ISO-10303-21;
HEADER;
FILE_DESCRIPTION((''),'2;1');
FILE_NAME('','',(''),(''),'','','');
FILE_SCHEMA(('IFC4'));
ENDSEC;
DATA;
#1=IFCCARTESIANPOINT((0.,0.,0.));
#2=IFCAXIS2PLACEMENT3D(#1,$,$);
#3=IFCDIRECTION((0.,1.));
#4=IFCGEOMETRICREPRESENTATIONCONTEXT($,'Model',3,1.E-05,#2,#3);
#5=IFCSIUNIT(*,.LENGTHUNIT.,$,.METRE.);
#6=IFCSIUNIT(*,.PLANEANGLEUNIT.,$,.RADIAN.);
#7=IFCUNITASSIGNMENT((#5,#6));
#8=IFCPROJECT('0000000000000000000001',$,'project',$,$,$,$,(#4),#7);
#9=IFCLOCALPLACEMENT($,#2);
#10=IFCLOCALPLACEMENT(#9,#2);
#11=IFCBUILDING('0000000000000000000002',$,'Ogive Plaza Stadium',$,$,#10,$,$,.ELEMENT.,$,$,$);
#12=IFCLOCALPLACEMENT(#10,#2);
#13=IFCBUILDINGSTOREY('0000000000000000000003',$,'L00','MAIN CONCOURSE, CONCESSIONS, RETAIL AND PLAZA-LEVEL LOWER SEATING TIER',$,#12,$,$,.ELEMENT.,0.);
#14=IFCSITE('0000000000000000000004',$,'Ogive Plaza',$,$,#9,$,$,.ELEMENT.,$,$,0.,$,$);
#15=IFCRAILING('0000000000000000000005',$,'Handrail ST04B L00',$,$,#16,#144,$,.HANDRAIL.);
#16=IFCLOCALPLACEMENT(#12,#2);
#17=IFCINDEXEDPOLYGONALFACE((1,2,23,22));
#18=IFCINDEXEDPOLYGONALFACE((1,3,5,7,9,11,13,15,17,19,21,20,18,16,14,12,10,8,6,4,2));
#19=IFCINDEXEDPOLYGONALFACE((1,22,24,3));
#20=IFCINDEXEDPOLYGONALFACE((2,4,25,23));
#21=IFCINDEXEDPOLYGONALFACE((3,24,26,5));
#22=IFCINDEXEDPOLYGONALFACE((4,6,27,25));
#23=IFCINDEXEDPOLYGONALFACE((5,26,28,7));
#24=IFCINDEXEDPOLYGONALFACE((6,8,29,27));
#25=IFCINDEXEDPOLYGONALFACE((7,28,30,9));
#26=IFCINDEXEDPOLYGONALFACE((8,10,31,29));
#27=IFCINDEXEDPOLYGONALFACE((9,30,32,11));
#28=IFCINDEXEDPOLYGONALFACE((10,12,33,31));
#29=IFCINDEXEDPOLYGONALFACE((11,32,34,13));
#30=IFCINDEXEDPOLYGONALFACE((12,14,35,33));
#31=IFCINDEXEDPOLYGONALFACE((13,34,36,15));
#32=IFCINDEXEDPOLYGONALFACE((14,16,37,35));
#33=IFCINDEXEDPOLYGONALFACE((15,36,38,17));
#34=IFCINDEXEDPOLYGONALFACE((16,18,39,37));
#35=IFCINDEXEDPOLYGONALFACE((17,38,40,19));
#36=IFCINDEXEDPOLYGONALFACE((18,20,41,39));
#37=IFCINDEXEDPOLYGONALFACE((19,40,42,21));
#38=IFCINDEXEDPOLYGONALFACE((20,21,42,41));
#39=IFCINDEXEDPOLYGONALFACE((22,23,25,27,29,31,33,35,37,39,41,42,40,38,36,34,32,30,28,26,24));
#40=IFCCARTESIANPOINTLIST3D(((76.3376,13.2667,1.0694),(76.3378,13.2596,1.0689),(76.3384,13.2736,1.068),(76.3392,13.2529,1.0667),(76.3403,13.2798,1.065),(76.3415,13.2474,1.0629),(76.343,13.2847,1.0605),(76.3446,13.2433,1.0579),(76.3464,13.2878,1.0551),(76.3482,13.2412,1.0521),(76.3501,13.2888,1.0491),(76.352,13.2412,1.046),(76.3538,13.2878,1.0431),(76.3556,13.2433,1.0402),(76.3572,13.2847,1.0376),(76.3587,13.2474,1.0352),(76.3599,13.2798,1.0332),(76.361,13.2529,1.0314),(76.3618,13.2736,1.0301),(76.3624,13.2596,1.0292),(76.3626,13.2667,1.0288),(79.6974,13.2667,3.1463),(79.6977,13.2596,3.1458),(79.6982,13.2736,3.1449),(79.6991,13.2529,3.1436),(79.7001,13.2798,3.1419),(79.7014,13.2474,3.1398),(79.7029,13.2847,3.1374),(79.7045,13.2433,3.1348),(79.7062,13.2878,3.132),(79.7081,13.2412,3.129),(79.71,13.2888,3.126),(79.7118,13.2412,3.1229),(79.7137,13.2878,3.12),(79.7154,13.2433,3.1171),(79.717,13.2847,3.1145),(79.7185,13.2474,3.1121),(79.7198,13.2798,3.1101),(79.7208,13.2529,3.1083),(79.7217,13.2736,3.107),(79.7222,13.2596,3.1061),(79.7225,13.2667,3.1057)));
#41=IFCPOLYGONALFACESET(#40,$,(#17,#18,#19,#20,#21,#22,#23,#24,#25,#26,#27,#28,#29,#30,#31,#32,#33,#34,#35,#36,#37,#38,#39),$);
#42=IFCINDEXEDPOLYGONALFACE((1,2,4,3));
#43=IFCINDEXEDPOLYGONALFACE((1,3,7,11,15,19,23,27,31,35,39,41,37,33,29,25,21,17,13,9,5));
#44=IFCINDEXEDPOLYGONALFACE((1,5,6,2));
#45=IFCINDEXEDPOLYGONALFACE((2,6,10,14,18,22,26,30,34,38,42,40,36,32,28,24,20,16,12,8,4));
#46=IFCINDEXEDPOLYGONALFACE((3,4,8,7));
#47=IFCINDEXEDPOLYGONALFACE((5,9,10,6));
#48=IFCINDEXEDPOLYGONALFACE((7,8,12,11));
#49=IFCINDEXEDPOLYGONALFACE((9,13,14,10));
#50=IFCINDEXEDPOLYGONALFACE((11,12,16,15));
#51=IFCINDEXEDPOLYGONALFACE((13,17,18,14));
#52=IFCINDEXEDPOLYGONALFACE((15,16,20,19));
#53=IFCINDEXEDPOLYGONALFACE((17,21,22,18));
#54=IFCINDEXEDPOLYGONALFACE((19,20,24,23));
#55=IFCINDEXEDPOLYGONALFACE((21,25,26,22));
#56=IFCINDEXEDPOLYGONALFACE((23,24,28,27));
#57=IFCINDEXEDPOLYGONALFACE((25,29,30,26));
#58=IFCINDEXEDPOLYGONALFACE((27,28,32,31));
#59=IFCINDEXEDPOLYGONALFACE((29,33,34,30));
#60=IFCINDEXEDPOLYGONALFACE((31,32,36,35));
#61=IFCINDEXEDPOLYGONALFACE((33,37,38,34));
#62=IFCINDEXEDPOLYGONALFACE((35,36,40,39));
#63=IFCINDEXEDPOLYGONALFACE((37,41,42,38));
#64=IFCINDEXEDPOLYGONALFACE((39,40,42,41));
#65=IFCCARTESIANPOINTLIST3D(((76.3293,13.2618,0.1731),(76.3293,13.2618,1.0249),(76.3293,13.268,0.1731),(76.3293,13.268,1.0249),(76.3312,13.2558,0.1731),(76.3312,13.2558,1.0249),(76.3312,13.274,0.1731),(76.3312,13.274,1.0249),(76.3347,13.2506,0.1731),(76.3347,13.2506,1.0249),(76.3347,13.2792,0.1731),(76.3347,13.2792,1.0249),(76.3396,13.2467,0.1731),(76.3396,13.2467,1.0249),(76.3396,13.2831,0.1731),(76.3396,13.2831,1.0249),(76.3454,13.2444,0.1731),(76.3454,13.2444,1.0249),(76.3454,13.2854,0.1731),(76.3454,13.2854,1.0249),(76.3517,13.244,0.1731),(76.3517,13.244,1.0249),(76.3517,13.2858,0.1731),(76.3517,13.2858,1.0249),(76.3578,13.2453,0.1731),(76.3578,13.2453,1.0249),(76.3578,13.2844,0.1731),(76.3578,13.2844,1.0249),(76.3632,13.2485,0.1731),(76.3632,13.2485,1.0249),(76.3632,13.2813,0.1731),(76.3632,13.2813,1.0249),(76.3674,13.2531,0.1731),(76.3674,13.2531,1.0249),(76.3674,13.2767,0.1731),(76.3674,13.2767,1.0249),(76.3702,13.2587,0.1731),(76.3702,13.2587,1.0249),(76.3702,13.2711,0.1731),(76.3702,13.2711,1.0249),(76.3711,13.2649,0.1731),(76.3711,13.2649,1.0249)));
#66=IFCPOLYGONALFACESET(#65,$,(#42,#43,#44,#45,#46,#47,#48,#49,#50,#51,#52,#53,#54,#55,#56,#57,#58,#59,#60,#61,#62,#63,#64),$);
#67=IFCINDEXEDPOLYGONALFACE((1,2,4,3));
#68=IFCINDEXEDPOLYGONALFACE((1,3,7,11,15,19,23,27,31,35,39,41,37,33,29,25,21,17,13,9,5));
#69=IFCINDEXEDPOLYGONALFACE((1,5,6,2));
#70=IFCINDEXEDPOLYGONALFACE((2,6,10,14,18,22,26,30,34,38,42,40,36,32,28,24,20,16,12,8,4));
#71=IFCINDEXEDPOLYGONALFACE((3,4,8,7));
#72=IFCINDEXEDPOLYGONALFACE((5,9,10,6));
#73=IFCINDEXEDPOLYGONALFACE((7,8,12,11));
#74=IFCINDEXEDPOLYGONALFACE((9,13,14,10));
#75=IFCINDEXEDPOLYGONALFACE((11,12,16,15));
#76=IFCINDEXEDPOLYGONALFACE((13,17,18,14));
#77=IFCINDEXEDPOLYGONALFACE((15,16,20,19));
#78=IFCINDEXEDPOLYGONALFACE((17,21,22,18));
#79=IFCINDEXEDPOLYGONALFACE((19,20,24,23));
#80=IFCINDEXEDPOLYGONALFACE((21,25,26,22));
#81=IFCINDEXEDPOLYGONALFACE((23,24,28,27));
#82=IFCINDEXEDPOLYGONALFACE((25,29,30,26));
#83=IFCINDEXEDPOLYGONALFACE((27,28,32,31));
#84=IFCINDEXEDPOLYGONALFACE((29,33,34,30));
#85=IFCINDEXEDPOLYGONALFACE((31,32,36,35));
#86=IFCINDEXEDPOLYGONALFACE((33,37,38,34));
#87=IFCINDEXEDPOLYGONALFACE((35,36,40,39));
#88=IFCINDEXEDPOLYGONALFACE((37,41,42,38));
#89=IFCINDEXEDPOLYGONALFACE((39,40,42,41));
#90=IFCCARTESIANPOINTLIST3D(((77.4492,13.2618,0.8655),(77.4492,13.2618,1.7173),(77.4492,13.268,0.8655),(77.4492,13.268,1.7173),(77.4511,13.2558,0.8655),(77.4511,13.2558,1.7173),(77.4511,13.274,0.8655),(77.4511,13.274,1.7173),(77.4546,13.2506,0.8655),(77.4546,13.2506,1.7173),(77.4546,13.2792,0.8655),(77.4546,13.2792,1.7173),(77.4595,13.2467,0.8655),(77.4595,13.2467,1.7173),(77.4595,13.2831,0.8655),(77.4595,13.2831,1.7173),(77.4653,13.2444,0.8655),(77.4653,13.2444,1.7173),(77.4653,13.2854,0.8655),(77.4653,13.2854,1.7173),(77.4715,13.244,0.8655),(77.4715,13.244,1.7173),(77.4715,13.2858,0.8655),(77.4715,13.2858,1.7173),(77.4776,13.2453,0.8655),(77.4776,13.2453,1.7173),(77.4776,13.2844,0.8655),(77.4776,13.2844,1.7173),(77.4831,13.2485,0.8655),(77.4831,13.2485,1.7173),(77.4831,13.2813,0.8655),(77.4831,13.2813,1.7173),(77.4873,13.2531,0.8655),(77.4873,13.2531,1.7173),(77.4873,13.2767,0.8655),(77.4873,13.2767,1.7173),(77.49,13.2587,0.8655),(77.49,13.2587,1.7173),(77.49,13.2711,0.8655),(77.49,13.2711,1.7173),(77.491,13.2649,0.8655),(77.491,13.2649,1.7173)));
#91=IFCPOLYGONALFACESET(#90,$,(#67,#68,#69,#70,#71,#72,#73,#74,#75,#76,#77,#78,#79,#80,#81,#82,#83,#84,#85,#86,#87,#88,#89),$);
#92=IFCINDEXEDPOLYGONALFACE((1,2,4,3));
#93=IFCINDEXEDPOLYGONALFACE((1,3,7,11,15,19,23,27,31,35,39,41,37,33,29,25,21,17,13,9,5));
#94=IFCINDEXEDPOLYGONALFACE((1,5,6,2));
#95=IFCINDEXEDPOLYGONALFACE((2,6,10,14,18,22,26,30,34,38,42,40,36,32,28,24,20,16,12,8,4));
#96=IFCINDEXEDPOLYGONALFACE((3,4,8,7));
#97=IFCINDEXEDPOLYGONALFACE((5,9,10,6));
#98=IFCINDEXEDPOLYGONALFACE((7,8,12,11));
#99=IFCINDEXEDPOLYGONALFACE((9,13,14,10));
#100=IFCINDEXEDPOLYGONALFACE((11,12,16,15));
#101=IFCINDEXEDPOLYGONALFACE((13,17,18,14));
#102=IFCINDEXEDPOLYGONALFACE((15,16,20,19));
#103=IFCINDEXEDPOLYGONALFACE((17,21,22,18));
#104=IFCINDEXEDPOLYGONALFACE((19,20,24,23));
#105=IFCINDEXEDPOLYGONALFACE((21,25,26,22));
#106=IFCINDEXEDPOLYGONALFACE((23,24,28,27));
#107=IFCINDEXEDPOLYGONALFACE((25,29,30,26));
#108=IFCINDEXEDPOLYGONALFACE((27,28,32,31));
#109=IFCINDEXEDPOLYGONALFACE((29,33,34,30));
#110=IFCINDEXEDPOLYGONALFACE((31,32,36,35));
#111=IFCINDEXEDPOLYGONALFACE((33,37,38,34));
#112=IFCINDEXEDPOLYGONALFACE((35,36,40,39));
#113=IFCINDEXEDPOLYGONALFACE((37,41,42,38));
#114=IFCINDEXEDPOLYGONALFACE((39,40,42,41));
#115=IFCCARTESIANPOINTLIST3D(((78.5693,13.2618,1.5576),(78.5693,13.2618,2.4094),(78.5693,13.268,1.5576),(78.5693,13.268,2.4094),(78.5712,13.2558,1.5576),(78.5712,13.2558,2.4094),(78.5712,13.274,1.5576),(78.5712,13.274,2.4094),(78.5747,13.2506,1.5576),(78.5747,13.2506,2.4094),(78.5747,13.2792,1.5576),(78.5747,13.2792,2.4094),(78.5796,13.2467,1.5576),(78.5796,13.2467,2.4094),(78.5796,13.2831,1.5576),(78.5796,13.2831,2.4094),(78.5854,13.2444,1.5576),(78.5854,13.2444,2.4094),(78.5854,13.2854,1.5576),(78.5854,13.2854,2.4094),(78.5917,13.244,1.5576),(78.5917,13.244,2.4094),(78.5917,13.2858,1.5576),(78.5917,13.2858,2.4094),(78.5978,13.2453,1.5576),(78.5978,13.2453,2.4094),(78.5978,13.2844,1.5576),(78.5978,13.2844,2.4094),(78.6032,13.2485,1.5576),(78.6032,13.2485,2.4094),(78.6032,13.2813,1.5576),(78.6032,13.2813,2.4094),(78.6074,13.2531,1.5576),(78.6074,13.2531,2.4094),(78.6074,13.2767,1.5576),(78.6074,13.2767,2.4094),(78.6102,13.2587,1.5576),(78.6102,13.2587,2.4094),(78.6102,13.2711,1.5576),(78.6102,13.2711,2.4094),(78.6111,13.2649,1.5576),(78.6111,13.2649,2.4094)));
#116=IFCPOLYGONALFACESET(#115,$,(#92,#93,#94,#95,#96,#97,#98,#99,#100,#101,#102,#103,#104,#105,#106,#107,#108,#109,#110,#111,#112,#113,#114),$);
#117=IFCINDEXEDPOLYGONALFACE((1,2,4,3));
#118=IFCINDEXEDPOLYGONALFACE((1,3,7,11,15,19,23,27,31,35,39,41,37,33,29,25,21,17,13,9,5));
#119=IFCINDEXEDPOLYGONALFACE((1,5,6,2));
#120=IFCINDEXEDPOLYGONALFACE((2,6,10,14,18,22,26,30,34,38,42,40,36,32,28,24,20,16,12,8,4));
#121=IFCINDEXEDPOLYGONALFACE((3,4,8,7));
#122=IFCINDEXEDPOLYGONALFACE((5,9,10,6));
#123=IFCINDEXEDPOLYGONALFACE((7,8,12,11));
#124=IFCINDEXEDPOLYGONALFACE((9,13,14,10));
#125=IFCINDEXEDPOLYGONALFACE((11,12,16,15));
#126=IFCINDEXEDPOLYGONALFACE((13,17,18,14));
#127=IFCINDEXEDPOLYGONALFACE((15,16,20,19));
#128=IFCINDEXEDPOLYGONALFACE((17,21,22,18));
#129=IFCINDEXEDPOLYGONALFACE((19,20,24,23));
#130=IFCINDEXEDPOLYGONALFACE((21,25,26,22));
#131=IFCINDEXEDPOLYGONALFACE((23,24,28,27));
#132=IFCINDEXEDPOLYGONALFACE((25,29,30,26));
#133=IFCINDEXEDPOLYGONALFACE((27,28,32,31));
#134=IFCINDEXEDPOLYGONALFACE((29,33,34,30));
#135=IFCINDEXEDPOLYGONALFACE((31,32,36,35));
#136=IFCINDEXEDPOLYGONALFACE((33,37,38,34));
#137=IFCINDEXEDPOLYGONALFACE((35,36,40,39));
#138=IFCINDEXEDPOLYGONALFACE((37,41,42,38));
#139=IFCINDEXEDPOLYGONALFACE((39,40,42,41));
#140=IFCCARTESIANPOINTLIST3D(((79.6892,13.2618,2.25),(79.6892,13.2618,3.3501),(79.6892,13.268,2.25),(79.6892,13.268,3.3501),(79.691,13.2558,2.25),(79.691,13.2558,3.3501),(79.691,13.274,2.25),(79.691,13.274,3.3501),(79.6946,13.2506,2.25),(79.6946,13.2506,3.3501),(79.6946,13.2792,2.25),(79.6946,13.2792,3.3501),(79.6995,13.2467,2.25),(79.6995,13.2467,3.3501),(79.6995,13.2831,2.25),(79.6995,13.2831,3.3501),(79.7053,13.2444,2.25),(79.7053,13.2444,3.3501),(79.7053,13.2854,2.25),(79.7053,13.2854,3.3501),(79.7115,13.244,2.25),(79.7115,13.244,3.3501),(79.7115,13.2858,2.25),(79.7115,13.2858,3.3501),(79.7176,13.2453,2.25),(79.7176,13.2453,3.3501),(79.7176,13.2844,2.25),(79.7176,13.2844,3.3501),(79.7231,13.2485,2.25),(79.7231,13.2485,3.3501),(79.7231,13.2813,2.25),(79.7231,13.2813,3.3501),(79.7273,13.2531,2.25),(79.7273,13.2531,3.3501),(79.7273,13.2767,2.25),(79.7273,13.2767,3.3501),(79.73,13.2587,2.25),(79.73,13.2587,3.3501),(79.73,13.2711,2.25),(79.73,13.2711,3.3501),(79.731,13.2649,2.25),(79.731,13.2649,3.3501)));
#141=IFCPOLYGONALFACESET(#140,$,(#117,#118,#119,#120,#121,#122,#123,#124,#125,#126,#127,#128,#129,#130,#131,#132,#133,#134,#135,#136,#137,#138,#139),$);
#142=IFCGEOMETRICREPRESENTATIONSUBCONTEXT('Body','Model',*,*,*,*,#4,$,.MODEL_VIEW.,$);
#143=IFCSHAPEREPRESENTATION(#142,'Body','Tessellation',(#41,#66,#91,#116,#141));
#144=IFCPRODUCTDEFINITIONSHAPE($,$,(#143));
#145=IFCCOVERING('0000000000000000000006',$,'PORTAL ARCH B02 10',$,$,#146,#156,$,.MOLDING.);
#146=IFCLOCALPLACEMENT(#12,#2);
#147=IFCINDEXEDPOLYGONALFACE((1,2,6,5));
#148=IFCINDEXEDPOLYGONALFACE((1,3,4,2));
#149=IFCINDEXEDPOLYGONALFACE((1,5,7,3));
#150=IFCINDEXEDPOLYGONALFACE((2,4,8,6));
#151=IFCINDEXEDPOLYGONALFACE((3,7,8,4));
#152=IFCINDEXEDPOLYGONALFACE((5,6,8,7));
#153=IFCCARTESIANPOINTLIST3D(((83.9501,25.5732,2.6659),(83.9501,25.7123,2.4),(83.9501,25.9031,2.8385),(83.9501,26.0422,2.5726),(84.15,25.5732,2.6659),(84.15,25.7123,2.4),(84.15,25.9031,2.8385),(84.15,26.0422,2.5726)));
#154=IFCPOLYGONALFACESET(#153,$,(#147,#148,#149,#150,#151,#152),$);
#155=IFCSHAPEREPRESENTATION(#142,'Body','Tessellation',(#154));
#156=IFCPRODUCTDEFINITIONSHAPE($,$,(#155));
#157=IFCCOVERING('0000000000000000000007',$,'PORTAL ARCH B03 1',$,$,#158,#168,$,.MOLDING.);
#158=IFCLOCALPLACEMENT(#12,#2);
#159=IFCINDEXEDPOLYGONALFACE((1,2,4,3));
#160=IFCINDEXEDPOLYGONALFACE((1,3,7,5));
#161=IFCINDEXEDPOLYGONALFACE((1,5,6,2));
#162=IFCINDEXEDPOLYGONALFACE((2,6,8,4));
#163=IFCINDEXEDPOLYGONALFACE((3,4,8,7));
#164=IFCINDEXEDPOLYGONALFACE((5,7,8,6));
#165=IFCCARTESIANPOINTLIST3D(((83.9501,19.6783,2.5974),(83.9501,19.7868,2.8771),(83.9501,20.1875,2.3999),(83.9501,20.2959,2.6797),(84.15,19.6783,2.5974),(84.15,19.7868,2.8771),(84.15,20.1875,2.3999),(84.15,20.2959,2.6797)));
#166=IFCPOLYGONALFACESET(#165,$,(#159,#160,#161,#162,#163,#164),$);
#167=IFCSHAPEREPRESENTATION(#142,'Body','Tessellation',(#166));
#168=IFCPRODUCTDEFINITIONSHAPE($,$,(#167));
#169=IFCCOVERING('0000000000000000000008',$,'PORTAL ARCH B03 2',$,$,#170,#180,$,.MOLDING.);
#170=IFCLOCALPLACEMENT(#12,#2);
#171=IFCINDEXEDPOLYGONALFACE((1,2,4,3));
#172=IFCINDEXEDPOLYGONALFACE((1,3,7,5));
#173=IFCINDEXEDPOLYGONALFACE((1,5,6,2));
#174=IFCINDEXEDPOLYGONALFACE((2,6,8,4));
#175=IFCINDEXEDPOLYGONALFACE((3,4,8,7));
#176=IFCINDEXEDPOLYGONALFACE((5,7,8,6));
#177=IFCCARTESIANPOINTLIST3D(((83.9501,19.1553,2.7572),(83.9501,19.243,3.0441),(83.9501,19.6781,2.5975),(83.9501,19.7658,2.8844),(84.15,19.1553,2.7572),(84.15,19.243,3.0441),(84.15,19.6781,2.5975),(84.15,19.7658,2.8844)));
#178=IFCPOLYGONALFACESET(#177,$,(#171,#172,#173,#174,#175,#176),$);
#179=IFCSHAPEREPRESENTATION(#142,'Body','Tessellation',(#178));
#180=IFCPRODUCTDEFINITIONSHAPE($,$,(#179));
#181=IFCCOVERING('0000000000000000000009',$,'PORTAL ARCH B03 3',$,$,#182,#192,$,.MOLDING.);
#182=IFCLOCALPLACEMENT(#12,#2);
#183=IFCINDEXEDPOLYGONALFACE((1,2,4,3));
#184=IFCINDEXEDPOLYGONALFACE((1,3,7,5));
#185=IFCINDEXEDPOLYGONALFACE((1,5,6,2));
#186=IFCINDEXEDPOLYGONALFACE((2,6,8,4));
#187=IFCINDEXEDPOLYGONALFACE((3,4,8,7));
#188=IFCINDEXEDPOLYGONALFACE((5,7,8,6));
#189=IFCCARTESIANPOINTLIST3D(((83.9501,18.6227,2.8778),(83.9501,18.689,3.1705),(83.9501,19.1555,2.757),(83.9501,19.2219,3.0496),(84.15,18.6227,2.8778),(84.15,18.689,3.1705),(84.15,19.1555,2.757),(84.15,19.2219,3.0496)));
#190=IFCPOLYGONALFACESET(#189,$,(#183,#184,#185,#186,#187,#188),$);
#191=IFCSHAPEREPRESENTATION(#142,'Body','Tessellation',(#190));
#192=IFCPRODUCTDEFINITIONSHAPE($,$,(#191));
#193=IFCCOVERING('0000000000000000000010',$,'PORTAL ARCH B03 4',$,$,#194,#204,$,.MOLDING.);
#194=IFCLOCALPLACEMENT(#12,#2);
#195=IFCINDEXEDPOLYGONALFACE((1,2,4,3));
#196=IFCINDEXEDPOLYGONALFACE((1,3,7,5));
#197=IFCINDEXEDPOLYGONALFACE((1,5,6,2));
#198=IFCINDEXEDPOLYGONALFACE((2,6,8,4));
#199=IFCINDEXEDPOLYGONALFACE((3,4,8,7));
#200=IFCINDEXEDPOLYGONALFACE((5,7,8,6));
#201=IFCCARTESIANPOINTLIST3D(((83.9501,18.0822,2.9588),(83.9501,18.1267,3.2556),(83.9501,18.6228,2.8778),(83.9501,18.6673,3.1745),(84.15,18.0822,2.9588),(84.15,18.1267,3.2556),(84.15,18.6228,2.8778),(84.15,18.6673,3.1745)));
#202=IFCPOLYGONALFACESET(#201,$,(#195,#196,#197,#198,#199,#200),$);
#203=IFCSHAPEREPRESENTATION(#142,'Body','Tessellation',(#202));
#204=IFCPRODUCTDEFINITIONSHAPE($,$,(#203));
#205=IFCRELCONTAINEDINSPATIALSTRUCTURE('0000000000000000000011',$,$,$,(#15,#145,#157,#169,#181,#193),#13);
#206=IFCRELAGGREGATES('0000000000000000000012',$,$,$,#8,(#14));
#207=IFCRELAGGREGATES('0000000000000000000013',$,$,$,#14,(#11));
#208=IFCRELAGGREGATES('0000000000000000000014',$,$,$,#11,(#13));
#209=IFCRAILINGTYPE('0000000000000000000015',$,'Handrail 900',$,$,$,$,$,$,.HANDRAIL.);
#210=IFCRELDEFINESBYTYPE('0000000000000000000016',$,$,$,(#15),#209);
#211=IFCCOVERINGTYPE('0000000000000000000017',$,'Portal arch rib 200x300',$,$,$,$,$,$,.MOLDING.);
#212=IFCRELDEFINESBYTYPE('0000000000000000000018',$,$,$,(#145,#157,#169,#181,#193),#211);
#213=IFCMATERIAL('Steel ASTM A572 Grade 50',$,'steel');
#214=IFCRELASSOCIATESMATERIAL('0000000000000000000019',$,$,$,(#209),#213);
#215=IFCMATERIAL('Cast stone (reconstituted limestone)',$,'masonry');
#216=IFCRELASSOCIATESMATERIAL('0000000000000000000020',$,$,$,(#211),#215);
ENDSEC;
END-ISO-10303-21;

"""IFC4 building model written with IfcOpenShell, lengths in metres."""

from ifc_helpers import new_model, si_unit, direction, frame, origin, origin_2d, place, context, subcontext, project, spatial, rectangle, circle, extrude, material, material_profile, profile_set, type_object, element, save


model = new_model("IFC4")

# Units and contexts
model_context = context("Model", 3, precision=1e-05, world=origin(), true_north=direction((0.0, 1.0)))
body_context = subcontext(model_context, "Body", "Model", "MODEL_VIEW")
ifc_project = project(units=[si_unit("LENGTHUNIT", "METRE"), si_unit("PLANEANGLEUNIT", "RADIAN")], contexts=[model_context])

# Site, building, storey
site_placement = place(None, origin())
site = spatial("IfcSite", under=ifc_project, at=site_placement, Name="Ogive Plaza", CompositionType="ELEMENT", RefElevation=0.0)
building_placement = place(site_placement, origin())
building = spatial("IfcBuilding", under=site, at=building_placement, Name="Ogive Plaza Stadium", CompositionType="ELEMENT")
storey_placement = place(building_placement, origin())
storey = spatial("IfcBuildingStorey", under=building, at=storey_placement, Name="L00", Description="MAIN CONCOURSE, CONCESSIONS, RETAIL AND PLAZA-LEVEL LOWER SEATING TIER", CompositionType="ELEMENT", Elevation=0.0)

# Railing
ifc_material_1 = material(Name="Steel ASTM A572 Grade 50", Category="steel")
railing_type = type_object("IfcRailingType", Name="Handrail 900", PredefinedType="HANDRAIL", material=ifc_material_1)
for number, where, name in (
    (1, (76.3501, 13.2649, 0.1731), "Handrail ST04B L00"),
):
    element("IfcRailing", number, at=place(storey_placement, frame(where)), inside=storey, type_object=railing_type, Name=name, PredefinedType="HANDRAIL", context=body_context, shape_type="SweptSolid", body=[
        extrude(circle(Radius=0.0239, at=origin_2d()), frame((0.0, 0.0, 0.876), z_axis=(0.850606, 0.0, 0.525803), x_axis=(0.0, 1.0, 0.0)), (0.0, 0.0, 1.0), 3.95),
        extrude(circle(Radius=0.021, at=origin_2d()), origin(), (0.0, 0.0, 1.0), 0.8518),
        extrude(circle(Radius=0.021, at=origin_2d()), frame((1.1199, 0.0, 0.6924)), (0.0, 0.0, 1.0), 0.8518),
        extrude(circle(Radius=0.021, at=origin_2d()), frame((2.24, 0.0, 1.3845)), (0.0, 0.0, 1.0), 0.8518),
        extrude(circle(Radius=0.021, at=origin_2d()), frame((3.3599, 0.0, 2.0769)), (0.0, 0.0, 1.0), 1.1001),
    ])

# Coverings
ifc_material_2 = material(Name="Cast stone (reconstituted limestone)", Category="masonry")
ifc_material_profile_1 = material_profile(ifc_material_2, rectangle(XDim=0.2, YDim=0.3, at=origin_2d()), Name="Cast stone 200x300")
ifc_profile_set_1 = profile_set([ifc_material_profile_1], Name="Cast stone (reconstituted limestone)")
covering_type_1 = type_object("IfcCoveringType", Name="Portal arch rib 200x300", PredefinedType="MOLDING", material=ifc_profile_set_1)
covering_1_placement = place(storey_placement, frame((84.05, 25.9727, 2.7056), z_axis=(0.0, -0.886011, -0.463664), x_axis=(1.0, 0.0, 0.0)))
element("IfcCovering", 2, at=covering_1_placement, inside=storey, type_object=covering_type_1, Name="PORTAL ARCH B02 10", PredefinedType="MOLDING", context=body_context, shape_type="SweptSolid", body=[
    extrude(rectangle(XDim=0.2, YDim=0.3, at=origin_2d()), origin(), (0.0, 0.0, 1.0), 0.3723),
])
covering_2_placement = place(storey_placement, frame((84.05, 20.2417, 2.5398), z_axis=(0.0, -0.93234, 0.361583), x_axis=(1.0, 0.0, 0.0)))
element("IfcCovering", 3, at=covering_2_placement, inside=storey, type_object=covering_type_1, Name="PORTAL ARCH B03 1", PredefinedType="MOLDING", context=body_context, shape_type="SweptSolid", body=[
    extrude(rectangle(XDim=0.2, YDim=0.3, at=origin_2d()), origin(), (0.0, 0.0, 1.0), 0.5461),
])
covering_3_placement = place(storey_placement, frame((84.05, 19.7219, 2.741), z_axis=(0.0, -0.956376, 0.292139), x_axis=(1.0, 0.0, 0.0)))
element("IfcCovering", 4, at=covering_3_placement, inside=storey, type_object=covering_type_1, Name="PORTAL ARCH B03 2", PredefinedType="MOLDING", context=body_context, shape_type="SweptSolid", body=[
    extrude(rectangle(XDim=0.2, YDim=0.3, at=origin_2d()), origin(), (0.0, 0.0, 1.0), 0.5466),
])
covering_4_placement = place(storey_placement, frame((84.05, 19.1887, 2.9033), z_axis=(0.0, -0.975242, 0.221138), x_axis=(1.0, 0.0, 0.0)))
element("IfcCovering", 5, at=covering_4_placement, inside=storey, type_object=covering_type_1, Name="PORTAL ARCH B03 3", PredefinedType="MOLDING", context=body_context, shape_type="SweptSolid", body=[
    extrude(rectangle(XDim=0.2, YDim=0.3, at=origin_2d()), origin(), (0.0, 0.0, 1.0), 0.5464),
])
covering_5_placement = place(storey_placement, frame((84.05, 18.645, 3.0261), z_axis=(0.0, -0.988943, 0.148297), x_axis=(1.0, 0.0, 0.0)))
element("IfcCovering", 6, at=covering_5_placement, inside=storey, type_object=covering_type_1, Name="PORTAL ARCH B03 4", PredefinedType="MOLDING", context=body_context, shape_type="SweptSolid", body=[
    extrude(rectangle(XDim=0.2, YDim=0.3, at=origin_2d()), origin(), (0.0, 0.0, 1.0), 0.5466),
])

save(model, "model.ifc")
